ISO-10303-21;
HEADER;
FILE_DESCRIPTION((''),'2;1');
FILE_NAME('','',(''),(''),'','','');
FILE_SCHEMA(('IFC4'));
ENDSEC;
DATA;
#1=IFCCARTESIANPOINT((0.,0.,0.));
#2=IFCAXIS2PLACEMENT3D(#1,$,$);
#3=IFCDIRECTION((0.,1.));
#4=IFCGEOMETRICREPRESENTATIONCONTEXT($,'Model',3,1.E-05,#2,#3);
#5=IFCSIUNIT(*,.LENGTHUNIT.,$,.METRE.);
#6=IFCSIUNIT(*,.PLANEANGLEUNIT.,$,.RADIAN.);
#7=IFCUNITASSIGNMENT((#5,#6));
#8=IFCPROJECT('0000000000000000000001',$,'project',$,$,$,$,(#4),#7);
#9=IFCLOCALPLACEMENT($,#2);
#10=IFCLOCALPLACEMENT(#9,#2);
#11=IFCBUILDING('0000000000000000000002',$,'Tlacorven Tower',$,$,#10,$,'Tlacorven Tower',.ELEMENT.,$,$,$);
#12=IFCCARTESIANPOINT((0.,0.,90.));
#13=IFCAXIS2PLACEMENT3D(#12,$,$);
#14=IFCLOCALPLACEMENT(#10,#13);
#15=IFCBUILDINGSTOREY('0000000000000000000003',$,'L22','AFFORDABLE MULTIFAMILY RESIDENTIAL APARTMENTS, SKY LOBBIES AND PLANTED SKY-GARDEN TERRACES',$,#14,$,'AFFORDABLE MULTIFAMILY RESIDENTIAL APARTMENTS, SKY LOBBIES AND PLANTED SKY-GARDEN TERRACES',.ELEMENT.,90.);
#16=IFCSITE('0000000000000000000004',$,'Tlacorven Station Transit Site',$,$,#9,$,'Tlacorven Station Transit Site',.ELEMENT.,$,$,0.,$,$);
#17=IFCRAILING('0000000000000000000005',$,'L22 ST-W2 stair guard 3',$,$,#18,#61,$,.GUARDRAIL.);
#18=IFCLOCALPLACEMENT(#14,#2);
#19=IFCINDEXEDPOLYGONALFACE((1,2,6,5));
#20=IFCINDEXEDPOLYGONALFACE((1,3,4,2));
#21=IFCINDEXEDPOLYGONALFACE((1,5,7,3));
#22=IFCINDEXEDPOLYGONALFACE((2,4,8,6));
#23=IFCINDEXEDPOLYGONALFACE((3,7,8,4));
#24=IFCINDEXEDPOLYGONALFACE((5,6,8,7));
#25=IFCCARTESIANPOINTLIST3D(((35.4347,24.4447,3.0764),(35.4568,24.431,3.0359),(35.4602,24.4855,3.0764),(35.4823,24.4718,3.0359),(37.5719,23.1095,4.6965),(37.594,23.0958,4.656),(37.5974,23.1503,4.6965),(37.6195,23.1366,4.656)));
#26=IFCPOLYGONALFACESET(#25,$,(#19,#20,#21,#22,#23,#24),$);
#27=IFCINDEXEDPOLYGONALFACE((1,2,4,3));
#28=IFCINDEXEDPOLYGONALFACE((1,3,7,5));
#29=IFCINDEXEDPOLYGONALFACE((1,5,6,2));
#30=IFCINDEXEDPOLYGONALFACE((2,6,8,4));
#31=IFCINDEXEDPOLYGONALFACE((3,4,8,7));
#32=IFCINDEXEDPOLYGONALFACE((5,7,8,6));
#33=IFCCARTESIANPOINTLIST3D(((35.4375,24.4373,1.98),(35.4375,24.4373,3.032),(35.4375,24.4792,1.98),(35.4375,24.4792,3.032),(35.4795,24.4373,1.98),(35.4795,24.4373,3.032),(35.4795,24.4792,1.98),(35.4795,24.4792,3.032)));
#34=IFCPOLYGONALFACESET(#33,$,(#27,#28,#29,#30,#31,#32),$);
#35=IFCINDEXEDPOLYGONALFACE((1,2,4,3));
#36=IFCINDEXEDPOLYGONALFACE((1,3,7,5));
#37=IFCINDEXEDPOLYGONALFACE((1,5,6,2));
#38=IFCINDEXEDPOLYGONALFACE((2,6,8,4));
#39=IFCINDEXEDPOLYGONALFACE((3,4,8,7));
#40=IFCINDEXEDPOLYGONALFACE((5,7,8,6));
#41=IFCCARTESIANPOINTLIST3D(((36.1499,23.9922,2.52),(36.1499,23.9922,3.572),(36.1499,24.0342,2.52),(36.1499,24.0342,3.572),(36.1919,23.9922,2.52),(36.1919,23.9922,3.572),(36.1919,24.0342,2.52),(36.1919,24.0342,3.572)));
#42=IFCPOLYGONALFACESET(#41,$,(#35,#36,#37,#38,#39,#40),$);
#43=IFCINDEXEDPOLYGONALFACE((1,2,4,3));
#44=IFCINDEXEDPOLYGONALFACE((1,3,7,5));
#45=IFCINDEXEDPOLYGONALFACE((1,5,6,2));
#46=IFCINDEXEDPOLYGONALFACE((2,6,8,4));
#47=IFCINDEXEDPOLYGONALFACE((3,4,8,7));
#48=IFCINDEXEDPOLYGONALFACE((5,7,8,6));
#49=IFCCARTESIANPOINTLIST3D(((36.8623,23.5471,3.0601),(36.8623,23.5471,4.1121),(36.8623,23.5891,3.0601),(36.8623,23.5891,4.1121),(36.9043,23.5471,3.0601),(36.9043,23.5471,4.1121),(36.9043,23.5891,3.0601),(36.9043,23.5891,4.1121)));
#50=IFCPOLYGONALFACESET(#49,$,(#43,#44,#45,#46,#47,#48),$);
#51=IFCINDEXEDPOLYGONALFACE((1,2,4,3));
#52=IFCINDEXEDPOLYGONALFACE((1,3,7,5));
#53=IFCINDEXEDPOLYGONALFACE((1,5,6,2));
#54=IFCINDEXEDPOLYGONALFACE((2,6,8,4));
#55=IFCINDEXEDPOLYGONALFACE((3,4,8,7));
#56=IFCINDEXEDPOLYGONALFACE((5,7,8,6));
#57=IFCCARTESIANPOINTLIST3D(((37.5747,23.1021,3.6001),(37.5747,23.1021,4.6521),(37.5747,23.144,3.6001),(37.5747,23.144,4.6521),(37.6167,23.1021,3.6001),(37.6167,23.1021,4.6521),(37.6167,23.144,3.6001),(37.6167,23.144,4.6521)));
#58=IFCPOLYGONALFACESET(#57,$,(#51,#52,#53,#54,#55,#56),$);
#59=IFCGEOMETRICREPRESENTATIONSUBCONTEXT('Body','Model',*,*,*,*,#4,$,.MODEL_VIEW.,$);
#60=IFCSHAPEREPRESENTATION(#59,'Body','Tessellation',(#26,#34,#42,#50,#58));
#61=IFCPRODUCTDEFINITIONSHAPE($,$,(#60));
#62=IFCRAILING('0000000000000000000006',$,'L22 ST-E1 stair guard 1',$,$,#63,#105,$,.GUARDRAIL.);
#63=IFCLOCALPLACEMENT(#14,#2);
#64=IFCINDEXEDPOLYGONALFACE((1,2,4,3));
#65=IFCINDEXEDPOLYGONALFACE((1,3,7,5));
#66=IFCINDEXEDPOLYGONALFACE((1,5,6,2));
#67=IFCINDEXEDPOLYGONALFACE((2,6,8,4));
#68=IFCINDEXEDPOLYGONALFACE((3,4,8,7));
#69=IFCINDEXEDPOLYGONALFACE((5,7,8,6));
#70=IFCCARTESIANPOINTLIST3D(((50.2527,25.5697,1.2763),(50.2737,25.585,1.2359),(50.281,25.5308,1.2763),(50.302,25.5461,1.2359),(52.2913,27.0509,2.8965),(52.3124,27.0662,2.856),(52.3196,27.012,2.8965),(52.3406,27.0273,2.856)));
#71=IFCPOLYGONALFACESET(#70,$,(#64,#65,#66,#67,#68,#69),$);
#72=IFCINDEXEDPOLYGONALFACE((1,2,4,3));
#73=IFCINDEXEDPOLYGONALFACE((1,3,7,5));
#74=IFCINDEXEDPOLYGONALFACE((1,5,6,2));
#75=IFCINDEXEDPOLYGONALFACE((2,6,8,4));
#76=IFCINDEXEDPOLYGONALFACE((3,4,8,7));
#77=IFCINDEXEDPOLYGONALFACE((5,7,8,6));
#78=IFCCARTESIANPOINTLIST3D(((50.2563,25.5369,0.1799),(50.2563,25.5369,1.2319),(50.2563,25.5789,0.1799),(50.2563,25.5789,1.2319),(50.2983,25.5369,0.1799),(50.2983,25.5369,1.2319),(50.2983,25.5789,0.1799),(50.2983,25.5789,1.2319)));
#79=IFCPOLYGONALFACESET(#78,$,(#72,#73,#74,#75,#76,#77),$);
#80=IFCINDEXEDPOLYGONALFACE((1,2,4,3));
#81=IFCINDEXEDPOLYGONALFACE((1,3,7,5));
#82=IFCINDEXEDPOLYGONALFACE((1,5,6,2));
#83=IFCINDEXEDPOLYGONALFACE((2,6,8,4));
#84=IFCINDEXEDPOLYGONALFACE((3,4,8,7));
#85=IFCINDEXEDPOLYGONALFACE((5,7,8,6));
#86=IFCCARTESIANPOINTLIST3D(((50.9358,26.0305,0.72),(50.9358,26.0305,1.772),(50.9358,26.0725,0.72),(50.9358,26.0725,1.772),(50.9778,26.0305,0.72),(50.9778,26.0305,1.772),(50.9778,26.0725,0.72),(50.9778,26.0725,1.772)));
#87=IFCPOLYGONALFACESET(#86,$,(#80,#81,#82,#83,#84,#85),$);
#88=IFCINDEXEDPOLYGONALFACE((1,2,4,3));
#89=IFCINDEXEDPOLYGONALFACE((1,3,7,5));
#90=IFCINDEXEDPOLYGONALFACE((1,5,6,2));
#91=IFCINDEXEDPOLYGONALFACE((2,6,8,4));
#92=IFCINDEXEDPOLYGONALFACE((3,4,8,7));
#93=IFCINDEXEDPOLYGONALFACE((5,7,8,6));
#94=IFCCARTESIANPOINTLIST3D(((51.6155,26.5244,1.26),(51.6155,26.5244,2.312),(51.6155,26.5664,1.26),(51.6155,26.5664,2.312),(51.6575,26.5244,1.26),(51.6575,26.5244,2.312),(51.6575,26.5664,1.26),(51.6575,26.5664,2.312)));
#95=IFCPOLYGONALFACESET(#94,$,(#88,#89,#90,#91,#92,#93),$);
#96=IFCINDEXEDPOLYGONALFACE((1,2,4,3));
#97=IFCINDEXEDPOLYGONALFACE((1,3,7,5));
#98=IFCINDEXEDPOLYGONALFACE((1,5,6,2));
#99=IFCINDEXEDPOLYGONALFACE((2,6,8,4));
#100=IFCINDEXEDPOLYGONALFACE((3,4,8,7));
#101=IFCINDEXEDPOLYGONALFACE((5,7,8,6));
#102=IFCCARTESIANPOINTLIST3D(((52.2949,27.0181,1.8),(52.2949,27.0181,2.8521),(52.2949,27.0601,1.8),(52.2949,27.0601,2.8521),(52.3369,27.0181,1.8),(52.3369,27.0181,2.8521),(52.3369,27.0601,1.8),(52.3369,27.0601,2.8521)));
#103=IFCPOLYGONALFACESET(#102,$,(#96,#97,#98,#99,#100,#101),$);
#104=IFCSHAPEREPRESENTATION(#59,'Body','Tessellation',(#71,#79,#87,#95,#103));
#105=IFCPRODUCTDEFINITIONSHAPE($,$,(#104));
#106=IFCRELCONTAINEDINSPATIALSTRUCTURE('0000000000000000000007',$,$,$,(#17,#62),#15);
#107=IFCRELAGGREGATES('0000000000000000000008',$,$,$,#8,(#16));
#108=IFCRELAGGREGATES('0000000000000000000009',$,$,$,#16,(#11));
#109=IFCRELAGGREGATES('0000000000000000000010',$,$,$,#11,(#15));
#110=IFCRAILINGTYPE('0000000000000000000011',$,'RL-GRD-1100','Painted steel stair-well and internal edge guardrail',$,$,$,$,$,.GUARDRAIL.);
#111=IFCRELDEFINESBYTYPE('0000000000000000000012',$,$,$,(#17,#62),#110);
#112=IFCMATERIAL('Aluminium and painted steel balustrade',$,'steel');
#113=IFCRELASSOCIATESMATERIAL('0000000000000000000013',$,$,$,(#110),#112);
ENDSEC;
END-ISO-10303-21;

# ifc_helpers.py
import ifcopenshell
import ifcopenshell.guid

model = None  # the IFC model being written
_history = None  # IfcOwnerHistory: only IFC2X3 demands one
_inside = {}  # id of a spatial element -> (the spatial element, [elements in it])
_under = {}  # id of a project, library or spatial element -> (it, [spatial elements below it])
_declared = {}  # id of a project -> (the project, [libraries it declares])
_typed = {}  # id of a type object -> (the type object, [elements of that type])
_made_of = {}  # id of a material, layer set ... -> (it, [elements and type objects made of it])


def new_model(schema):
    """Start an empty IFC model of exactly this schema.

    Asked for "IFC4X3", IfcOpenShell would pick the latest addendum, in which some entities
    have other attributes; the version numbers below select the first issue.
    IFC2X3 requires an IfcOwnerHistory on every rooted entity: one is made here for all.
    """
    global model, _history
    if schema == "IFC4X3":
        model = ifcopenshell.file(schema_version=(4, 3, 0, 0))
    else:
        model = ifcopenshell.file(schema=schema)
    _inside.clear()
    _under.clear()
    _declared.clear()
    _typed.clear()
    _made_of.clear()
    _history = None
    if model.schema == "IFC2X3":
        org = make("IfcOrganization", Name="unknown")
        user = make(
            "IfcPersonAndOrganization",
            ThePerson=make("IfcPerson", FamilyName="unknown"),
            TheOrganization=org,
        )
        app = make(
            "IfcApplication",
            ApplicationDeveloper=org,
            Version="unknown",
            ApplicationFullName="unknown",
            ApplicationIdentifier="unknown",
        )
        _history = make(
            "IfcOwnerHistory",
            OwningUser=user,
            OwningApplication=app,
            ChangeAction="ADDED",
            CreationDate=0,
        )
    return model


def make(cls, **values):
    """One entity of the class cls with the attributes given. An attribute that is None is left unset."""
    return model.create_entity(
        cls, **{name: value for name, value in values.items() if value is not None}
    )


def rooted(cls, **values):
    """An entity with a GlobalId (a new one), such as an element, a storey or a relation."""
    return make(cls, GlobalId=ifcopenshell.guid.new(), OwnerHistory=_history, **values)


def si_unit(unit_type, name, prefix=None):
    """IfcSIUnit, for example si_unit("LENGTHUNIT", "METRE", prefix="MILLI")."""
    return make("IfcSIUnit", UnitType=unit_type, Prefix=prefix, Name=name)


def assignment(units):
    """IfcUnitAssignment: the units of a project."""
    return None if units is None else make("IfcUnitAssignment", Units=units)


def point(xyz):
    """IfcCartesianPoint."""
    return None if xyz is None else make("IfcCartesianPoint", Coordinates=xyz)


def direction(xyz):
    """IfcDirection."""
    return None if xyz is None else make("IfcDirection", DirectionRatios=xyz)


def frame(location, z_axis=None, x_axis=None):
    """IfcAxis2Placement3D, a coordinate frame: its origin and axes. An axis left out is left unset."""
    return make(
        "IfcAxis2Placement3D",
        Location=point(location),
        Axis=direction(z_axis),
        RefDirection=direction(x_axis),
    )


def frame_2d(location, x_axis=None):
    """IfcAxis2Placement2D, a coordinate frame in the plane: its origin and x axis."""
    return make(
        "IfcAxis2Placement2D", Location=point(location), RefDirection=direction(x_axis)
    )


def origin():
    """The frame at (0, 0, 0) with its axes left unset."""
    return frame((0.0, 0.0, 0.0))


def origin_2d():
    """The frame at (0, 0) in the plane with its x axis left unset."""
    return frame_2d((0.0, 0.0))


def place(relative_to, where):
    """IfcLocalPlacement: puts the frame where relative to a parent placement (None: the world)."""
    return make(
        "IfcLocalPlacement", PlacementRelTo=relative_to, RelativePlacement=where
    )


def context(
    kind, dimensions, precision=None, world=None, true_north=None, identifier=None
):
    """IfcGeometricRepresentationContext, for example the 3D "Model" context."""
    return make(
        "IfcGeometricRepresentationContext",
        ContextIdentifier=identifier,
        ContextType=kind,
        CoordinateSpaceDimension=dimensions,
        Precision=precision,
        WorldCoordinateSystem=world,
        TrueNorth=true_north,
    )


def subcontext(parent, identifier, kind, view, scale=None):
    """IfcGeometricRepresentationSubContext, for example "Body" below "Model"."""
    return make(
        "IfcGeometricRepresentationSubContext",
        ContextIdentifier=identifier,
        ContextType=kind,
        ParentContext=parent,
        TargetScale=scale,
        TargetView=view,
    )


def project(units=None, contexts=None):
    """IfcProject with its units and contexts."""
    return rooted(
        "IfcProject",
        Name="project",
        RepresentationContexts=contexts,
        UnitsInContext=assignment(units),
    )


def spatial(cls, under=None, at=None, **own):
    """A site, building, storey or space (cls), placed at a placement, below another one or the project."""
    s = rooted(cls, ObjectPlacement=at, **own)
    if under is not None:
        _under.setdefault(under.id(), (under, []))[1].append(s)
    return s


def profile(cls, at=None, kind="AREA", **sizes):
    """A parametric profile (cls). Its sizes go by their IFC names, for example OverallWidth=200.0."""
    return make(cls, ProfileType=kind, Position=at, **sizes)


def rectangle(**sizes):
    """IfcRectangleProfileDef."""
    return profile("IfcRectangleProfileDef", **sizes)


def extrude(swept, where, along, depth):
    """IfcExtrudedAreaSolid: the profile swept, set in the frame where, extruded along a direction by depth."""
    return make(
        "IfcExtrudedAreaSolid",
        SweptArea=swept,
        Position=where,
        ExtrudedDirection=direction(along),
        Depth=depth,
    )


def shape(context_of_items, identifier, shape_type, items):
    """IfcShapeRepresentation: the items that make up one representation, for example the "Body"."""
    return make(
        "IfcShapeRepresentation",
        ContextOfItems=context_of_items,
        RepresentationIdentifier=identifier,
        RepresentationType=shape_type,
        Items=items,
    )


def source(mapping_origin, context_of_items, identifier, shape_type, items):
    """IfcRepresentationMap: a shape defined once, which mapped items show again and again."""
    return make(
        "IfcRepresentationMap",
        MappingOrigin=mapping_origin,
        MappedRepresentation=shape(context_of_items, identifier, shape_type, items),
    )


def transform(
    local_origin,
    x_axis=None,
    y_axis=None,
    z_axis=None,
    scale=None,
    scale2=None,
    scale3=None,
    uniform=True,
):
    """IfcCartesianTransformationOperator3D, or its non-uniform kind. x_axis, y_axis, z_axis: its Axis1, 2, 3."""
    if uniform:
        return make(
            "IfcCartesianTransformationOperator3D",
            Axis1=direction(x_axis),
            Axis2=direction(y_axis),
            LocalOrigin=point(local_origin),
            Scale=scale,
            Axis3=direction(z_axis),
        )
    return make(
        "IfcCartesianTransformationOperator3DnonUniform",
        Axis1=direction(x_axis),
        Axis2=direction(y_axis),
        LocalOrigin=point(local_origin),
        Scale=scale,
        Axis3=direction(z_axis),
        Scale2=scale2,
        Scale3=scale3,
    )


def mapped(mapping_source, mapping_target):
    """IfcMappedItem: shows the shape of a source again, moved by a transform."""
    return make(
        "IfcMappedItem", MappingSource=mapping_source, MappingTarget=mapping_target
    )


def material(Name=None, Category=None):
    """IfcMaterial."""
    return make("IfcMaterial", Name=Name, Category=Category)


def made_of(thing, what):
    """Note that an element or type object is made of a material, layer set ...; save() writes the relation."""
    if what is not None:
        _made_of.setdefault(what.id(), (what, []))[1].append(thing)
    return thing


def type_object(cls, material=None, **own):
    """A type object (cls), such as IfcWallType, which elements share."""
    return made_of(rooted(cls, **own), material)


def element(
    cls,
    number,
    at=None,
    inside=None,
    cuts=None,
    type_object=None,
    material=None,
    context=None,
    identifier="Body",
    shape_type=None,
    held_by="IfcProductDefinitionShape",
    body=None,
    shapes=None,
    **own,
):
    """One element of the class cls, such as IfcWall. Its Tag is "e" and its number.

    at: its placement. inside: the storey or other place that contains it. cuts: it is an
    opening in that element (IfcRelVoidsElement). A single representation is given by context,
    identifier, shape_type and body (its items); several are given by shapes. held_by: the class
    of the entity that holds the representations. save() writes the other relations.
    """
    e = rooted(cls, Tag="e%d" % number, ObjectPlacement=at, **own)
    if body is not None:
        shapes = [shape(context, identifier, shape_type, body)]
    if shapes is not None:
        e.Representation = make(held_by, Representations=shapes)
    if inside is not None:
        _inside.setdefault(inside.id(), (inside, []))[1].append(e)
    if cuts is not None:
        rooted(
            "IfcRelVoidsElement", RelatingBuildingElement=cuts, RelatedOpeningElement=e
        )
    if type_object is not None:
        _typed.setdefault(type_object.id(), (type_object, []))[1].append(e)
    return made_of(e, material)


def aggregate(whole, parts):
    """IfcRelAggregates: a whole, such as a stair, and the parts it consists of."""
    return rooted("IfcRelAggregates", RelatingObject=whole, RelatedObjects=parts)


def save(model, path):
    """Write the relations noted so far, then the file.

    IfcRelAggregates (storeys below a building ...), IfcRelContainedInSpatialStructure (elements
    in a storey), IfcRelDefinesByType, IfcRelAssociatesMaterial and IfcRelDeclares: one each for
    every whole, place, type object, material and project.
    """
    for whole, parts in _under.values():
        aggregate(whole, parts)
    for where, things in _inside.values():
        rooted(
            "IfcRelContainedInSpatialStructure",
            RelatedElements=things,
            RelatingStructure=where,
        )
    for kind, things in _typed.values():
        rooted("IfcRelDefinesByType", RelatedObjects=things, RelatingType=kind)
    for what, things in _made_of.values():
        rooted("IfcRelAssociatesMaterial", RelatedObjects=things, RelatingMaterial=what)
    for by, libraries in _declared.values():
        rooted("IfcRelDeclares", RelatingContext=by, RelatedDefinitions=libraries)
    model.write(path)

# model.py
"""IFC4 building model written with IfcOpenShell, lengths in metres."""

from ifc_helpers import new_model, si_unit, direction, frame, origin, origin_2d, place, context, subcontext, project, spatial, rectangle, extrude, source, transform, mapped, material, type_object, element, save


model = new_model("IFC4")

# Units and contexts
model_context = context("Model", 3, precision=1e-05, world=origin(), true_north=direction((0.0, 1.0)))
body_context = subcontext(model_context, "Body", "Model", "MODEL_VIEW")
ifc_project = project(units=[si_unit("LENGTHUNIT", "METRE"), si_unit("PLANEANGLEUNIT", "RADIAN")], contexts=[model_context])

# Site, building, storey
site_placement = place(None, origin())
site = spatial("IfcSite", under=ifc_project, at=site_placement, Name="Tlacorven Station Transit Site", LongName="Tlacorven Station Transit Site", CompositionType="ELEMENT", RefElevation=0.0)
building_placement = place(site_placement, origin())
building = spatial("IfcBuilding", under=site, at=building_placement, Name="Tlacorven Tower", LongName="Tlacorven Tower", CompositionType="ELEMENT")
storey_placement = place(building_placement, frame((0.0, 0.0, 90.0)))
storey = spatial("IfcBuildingStorey", under=building, at=storey_placement, Name="L22", Description="AFFORDABLE MULTIFAMILY RESIDENTIAL APARTMENTS, SKY LOBBIES AND PLANTED SKY-GARDEN TERRACES", LongName="AFFORDABLE MULTIFAMILY RESIDENTIAL APARTMENTS, SKY LOBBIES AND PLANTED SKY-GARDEN TERRACES", CompositionType="ELEMENT", Elevation=90.0)

# Railings
ifc_material_1 = material(Name="Aluminium and painted steel balustrade", Category="steel")
railing_type_1 = type_object("IfcRailingType", Name="RL-GRD-1100", Description="Painted steel stair-well and internal edge guardrail", PredefinedType="GUARDRAIL", material=ifc_material_1)
shared_shape_1 = source(origin(), body_context, "Body", "SweptSolid", [
    extrude(rectangle(XDim=0.0481, YDim=0.0481, at=origin_2d()), frame((0.0, 0.0, 1.0762), z_axis=(0.713386, -0.445683, 0.540784), x_axis=(0.529842, 0.848096, 0.0)), (0.0, 0.0, 1.0), 2.9958),
    extrude(rectangle(XDim=0.042, YDim=0.042, at=origin_2d()), origin(), (0.0, 0.0, 1.0), 1.052),
    extrude(rectangle(XDim=0.042, YDim=0.042, at=origin_2d()), frame((0.7124, -0.4451, 0.54)), (0.0, 0.0, 1.0), 1.052),
    extrude(rectangle(XDim=0.042, YDim=0.042, at=origin_2d()), frame((1.4248, -0.8901, 1.0801)), (0.0, 0.0, 1.0), 1.052),
    extrude(rectangle(XDim=0.042, YDim=0.042, at=origin_2d()), frame((2.1372, -1.3352, 1.6201)), (0.0, 0.0, 1.0), 1.052),
])
railing_1_placement = place(storey_placement, frame((35.4585, 24.4583, 1.98)))
element("IfcRailing", 1, at=railing_1_placement, inside=storey, type_object=railing_type_1, Name="L22 ST-W2 stair guard 3", PredefinedType="GUARDRAIL", context=body_context, shape_type="MappedRepresentation", body=[
    mapped(shared_shape_1, transform((0.0, 0.0, 0.0), scale=1.0)),
])
shared_shape_2 = source(origin(), body_context, "Body", "SweptSolid", [
    extrude(rectangle(XDim=0.0481, YDim=0.0481, at=origin_2d()), frame((0.0, 0.0, 1.0762), z_axis=(0.680489, 0.494434, 0.540805), x_axis=(-0.587809, 0.809, 0.0)), (0.0, 0.0, 1.0), 2.9958),
    extrude(rectangle(XDim=0.042, YDim=0.042, at=origin_2d()), origin(), (0.0, 0.0, 1.0), 1.052),
    extrude(rectangle(XDim=0.042, YDim=0.042, at=origin_2d()), frame((0.6794, 0.4937, 0.54)), (0.0, 0.0, 1.0), 1.052),
    extrude(rectangle(XDim=0.042, YDim=0.042, at=origin_2d()), frame((1.3591, 0.9875, 1.0801)), (0.0, 0.0, 1.0), 1.052),
    extrude(rectangle(XDim=0.042, YDim=0.042, at=origin_2d()), frame((2.0386, 1.4812, 1.6201)), (0.0, 0.0, 1.0), 1.052),
])
railing_2_placement = place(storey_placement, frame((50.2773, 25.5579, 0.1799)))
element("IfcRailing", 2, at=railing_2_placement, inside=storey, type_object=railing_type_1, Name="L22 ST-E1 stair guard 1", PredefinedType="GUARDRAIL", context=body_context, shape_type="MappedRepresentation", body=[
    mapped(shared_shape_2, transform((0.0, 0.0, 0.0), scale=1.0)),
])

save(model, "model.ifc")
